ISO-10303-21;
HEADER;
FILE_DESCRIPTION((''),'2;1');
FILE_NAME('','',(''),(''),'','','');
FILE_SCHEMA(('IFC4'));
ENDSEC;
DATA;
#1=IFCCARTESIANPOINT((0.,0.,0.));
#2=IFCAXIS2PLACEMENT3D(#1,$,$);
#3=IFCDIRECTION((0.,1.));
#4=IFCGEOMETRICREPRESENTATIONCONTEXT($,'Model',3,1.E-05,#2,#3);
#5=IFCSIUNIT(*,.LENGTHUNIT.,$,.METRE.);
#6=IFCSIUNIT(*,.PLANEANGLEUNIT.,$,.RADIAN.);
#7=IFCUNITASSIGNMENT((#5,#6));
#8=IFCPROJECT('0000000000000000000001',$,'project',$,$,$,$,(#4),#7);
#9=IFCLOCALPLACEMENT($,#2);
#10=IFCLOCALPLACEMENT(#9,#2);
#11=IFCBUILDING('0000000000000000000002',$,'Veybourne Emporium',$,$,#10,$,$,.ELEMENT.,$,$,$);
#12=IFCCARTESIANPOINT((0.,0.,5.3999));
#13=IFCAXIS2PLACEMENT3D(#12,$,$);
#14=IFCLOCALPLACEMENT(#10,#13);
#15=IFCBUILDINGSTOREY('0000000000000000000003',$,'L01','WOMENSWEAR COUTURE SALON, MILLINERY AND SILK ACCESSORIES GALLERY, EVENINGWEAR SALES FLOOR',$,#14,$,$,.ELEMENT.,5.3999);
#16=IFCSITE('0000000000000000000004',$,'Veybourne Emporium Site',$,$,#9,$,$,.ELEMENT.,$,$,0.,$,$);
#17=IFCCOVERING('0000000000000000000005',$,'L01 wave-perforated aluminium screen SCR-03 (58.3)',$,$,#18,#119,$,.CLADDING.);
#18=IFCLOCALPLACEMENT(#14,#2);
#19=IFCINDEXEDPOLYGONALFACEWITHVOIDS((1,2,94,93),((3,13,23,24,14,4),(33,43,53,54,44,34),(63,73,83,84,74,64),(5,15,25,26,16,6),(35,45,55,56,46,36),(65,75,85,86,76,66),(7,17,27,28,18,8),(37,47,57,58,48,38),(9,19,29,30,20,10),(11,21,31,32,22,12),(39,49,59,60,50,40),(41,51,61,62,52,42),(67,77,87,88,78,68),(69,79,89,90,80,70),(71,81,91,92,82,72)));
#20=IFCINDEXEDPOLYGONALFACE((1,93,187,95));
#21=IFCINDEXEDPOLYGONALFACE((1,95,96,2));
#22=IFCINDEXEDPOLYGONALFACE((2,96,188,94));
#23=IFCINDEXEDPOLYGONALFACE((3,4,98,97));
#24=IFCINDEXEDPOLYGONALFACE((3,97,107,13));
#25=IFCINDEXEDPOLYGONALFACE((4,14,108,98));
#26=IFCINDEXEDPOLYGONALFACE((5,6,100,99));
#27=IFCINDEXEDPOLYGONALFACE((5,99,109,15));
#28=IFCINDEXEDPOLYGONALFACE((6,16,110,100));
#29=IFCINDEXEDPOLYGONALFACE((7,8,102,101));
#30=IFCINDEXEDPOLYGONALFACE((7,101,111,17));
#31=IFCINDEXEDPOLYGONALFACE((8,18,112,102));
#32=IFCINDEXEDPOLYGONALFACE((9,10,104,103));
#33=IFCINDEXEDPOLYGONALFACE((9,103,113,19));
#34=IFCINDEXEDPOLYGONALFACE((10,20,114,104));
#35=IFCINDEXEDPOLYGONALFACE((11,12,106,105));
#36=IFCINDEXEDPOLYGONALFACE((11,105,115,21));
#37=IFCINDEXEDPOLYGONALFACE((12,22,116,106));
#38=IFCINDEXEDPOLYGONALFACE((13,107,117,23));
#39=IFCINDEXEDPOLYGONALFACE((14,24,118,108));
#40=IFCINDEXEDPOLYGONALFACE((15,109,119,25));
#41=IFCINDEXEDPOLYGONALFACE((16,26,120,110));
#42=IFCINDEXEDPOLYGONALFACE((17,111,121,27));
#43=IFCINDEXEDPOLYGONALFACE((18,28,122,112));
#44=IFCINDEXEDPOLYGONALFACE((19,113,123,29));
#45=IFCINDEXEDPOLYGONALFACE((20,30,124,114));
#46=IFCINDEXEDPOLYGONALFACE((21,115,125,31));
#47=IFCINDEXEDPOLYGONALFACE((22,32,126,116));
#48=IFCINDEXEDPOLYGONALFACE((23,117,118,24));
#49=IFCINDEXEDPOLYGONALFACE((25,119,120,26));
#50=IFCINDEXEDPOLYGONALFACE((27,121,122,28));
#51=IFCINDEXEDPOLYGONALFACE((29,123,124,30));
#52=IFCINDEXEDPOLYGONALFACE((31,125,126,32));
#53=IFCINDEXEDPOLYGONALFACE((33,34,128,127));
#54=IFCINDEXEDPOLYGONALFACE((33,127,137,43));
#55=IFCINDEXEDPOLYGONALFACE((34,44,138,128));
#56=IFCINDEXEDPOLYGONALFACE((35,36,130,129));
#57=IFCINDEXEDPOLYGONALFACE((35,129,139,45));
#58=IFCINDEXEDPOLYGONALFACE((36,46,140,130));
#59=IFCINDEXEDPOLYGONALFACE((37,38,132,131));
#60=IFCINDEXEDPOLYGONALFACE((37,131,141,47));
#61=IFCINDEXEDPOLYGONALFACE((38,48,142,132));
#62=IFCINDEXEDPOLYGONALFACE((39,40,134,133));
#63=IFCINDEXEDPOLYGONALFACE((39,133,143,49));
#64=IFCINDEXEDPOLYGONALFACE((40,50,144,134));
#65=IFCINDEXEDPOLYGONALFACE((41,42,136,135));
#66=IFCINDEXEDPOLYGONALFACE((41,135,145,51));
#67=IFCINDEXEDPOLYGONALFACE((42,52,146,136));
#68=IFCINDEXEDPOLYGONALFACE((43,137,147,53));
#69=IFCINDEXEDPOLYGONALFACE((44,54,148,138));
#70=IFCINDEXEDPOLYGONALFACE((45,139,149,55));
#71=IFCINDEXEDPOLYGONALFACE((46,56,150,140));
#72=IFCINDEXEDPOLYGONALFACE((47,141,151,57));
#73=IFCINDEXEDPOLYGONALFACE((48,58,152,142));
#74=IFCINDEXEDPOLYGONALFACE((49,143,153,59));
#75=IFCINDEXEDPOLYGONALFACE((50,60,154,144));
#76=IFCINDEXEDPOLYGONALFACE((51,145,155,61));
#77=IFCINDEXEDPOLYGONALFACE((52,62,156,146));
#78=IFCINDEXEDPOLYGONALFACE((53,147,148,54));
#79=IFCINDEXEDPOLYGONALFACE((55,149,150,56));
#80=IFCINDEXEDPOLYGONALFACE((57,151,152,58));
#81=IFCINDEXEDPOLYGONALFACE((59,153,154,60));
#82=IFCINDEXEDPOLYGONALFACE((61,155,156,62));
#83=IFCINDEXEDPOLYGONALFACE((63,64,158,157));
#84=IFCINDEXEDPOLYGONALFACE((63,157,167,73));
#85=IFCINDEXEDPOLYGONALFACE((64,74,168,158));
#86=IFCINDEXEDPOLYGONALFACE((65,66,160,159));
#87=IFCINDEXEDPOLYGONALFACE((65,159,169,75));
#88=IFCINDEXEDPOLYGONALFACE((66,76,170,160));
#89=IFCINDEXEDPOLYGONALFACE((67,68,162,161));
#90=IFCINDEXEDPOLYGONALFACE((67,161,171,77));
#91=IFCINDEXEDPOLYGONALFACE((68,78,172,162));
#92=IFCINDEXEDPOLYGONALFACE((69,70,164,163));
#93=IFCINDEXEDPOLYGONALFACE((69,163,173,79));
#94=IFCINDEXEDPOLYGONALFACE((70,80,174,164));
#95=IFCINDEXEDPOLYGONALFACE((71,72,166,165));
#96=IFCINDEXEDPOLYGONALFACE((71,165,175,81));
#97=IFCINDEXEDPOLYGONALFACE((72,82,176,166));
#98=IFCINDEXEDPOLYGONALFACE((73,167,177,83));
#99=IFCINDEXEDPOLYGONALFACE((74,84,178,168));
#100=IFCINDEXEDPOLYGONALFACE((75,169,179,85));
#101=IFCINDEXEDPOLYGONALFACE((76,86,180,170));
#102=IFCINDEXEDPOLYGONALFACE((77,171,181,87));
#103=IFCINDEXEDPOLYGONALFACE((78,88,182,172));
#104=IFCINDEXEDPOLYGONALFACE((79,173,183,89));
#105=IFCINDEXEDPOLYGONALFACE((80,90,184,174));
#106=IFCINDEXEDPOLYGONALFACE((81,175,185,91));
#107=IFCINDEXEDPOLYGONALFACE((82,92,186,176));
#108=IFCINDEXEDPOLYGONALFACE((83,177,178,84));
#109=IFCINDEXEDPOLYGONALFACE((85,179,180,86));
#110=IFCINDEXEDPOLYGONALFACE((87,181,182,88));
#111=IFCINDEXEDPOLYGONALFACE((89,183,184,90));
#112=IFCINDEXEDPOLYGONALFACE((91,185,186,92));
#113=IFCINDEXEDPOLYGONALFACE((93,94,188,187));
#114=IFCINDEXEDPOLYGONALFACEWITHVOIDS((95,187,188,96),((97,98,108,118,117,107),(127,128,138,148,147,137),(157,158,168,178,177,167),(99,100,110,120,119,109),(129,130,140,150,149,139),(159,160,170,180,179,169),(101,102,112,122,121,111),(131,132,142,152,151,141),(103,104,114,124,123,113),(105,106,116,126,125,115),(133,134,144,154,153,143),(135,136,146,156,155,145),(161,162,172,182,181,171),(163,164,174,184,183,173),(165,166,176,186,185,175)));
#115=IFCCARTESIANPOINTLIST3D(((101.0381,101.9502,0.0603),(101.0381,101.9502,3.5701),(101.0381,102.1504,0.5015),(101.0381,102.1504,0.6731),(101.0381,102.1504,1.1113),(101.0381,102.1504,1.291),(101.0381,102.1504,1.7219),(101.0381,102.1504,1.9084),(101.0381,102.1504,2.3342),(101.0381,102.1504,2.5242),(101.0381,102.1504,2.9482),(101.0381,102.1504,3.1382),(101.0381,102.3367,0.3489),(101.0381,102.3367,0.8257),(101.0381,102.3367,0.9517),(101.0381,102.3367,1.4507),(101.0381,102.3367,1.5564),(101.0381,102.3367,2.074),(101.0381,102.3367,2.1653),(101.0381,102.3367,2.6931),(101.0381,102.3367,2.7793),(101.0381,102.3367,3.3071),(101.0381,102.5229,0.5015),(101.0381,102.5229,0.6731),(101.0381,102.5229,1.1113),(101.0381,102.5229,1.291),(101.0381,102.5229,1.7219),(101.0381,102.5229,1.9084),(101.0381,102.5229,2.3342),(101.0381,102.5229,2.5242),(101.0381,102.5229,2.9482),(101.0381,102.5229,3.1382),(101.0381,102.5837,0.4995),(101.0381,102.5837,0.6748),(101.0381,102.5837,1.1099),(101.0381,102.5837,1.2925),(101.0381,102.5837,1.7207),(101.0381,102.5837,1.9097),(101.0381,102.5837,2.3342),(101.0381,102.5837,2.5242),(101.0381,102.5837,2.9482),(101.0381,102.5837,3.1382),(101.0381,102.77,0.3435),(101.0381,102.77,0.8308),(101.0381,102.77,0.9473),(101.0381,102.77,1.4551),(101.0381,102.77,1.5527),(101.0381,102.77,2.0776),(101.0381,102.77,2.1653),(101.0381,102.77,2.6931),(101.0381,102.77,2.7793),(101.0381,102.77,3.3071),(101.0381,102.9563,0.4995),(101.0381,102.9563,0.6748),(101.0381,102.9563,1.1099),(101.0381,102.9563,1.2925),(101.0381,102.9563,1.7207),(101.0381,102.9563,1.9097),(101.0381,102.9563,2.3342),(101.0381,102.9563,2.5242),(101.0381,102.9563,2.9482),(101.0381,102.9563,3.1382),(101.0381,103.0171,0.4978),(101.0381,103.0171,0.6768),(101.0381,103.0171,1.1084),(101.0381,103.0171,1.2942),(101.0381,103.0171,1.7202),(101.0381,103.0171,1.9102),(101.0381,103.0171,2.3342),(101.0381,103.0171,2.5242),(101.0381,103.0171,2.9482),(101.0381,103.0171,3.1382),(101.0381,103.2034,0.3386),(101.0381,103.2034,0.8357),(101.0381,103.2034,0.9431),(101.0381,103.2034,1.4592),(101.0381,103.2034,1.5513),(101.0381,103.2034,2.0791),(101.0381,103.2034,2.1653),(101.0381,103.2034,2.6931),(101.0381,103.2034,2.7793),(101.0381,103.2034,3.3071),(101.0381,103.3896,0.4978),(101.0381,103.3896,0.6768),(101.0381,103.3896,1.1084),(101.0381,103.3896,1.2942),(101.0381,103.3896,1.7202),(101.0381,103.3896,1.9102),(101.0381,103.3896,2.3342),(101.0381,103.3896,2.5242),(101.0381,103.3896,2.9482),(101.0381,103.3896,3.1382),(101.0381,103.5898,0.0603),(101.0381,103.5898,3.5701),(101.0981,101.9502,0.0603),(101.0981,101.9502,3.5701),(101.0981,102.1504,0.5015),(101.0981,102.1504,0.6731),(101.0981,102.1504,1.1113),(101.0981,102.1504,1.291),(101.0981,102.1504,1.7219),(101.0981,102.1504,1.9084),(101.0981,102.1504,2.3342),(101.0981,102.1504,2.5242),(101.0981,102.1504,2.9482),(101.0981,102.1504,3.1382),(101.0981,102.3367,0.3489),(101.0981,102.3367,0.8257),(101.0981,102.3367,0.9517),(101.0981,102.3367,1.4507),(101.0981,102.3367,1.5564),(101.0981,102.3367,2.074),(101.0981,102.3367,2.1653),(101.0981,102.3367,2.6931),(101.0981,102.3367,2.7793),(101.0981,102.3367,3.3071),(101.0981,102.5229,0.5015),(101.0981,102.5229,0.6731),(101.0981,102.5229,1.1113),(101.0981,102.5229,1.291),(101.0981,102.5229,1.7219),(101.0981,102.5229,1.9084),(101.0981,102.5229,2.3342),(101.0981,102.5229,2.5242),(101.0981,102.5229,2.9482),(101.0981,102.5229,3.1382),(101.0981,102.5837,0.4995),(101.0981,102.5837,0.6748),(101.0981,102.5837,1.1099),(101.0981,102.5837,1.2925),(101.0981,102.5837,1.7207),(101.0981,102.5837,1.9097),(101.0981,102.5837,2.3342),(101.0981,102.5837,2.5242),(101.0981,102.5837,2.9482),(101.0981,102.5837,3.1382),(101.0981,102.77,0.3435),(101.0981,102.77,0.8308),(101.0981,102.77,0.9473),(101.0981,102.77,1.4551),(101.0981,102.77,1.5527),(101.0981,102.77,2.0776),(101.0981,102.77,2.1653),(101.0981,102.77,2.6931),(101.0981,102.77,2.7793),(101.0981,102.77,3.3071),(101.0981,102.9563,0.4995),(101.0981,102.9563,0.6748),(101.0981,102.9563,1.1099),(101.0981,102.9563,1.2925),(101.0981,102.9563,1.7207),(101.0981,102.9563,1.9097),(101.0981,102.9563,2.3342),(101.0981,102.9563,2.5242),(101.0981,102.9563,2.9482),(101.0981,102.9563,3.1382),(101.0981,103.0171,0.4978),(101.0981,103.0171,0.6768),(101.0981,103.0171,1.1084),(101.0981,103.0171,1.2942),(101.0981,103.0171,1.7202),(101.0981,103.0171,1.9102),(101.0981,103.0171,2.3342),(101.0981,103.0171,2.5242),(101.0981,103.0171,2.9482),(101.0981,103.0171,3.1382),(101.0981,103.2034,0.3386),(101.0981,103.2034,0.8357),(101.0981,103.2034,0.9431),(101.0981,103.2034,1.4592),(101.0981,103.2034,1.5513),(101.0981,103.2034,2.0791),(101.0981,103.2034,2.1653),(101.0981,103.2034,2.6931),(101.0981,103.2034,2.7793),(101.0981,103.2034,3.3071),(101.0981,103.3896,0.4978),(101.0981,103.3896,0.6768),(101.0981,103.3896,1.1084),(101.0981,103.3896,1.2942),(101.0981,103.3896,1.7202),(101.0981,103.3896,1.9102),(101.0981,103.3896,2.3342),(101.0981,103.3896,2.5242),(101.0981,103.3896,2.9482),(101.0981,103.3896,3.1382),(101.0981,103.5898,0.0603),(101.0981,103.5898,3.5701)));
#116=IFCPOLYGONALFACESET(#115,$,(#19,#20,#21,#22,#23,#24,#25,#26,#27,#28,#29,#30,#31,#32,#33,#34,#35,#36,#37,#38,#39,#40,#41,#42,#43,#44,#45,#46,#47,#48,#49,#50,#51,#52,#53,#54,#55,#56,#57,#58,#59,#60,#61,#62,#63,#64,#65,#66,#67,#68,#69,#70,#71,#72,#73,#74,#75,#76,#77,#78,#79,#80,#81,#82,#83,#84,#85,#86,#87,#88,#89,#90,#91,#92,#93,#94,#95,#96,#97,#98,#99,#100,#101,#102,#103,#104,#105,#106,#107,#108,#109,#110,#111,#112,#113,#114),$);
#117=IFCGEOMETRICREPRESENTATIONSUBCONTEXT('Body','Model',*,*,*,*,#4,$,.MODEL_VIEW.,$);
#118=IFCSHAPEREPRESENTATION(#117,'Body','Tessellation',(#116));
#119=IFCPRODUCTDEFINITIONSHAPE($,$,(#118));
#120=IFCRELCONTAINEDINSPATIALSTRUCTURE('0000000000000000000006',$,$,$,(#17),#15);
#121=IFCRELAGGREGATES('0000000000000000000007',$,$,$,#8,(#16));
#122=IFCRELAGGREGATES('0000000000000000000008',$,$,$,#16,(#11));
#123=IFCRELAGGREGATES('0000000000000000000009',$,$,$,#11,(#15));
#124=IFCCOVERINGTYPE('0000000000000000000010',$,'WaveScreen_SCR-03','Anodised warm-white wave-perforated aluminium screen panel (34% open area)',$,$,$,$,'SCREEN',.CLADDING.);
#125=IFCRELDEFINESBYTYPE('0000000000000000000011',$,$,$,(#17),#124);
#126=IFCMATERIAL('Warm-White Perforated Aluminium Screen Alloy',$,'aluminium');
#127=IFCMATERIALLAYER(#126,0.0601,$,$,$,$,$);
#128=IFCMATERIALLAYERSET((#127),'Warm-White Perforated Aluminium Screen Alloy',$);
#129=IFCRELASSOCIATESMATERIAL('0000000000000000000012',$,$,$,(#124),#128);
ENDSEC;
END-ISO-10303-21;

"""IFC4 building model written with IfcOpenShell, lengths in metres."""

from ifc_helpers import new_model, si_unit, direction, frame, origin, place, context, subcontext, project, spatial, polyline, outline, extrude, material, layer, layer_set, type_object, element, save


model = new_model("IFC4")

# Units and contexts
model_context = context("Model", 3, precision=1e-05, world=origin(), true_north=direction((0.0, 1.0)))
body_context = subcontext(model_context, "Body", "Model", "MODEL_VIEW")
ifc_project = project(units=[si_unit("LENGTHUNIT", "METRE"), si_unit("PLANEANGLEUNIT", "RADIAN")], contexts=[model_context])

# Site, building, storey
site_placement = place(None, origin())
site = spatial("IfcSite", under=ifc_project, at=site_placement, Name="Veybourne Emporium Site", CompositionType="ELEMENT", RefElevation=0.0)
building_placement = place(site_placement, origin())
building = spatial("IfcBuilding", under=site, at=building_placement, Name="Veybourne Emporium", CompositionType="ELEMENT")
storey_placement = place(building_placement, frame((0.0, 0.0, 5.3999)))
storey = spatial("IfcBuildingStorey", under=building, at=storey_placement, Name="L01", Description="WOMENSWEAR COUTURE SALON, MILLINERY AND SILK ACCESSORIES GALLERY, EVENINGWEAR SALES FLOOR", CompositionType="ELEMENT", Elevation=5.3999)

# Covering
ifc_material_1 = material(Name="Warm-White Perforated Aluminium Screen Alloy", Category="aluminium")
ifc_layer_1 = layer(ifc_material_1, 0.0601)
ifc_layer_set_1 = layer_set([ifc_layer_1], Name="Warm-White Perforated Aluminium Screen Alloy")
covering_type_1 = type_object("IfcCoveringType", Name="WaveScreen_SCR-03", Description="Anodised warm-white wave-perforated aluminium screen panel (34% open area)", ElementType="SCREEN", PredefinedType="CLADDING", material=ifc_layer_set_1)
covering_1_placement = place(storey_placement, frame((101.0981, 102.77, 1.8152), z_axis=(-1.0, 0.0, 0.0), x_axis=(0.0, -1.0, 0.0)))
element("IfcCovering", 1, at=covering_1_placement, inside=storey, type_object=covering_type_1, Name="L01 wave-perforated aluminium screen SCR-03 (58.3)", PredefinedType="CLADDING", context=body_context, shape_type="SweptSolid", body=[
    extrude(outline(polyline([(-0.8198, -1.7549), (0.8198, -1.7549), (0.8198, 1.7549), (-0.8198, 1.7549), (-0.8198, -1.7549)]), holes=[polyline([(-0.4333, -0.9795), (-0.2471, -1.1384), (-0.2471, -1.3174), (-0.4333, -1.4766), (-0.6196, -1.3174), (-0.6196, -1.1384), (-0.4333, -0.9795)]), polyline([(-0.4333, -0.356), (-0.2471, -0.521), (-0.2471, -0.7068), (-0.4333, -0.8721), (-0.6196, -0.7068), (-0.6196, -0.521), (-0.4333, -0.356)]), polyline([(-0.4333, 0.2639), (-0.2471, 0.095), (-0.2471, -0.095), (-0.4333, -0.2639), (-0.6196, -0.095), (-0.6196, 0.095), (-0.4333, 0.2639)]), polyline([(-0.4333, 0.8779), (-0.2471, 0.709), (-0.2471, 0.519), (-0.4333, 0.3501), (-0.6196, 0.519), (-0.6196, 0.709), (-0.4333, 0.8779)]), polyline([(-0.4333, 1.4919), (-0.2471, 1.323), (-0.2471, 1.1331), (-0.4333, 0.9641), (-0.6196, 1.1331), (-0.6196, 1.323), (-0.4333, 1.4919)]), polyline([(0.0, -0.9844), (0.1863, -1.1404), (0.1863, -1.3157), (0.0, -1.4717), (-0.1863, -1.3157), (-0.1863, -1.1404), (0.0, -0.9844)]), polyline([(0.0, -0.3601), (0.1863, -0.5227), (0.1863, -0.7053), (0.0, -0.8679), (-0.1863, -0.7053), (-0.1863, -0.5227), (0.0, -0.3601)]), polyline([(0.0, 0.2625), (0.1863, 0.0945), (0.1863, -0.0945), (0.0, -0.2625), (-0.1863, -0.0945), (-0.1863, 0.0945), (0.0, 0.2625)]), polyline([(0.0, 0.8779), (0.1863, 0.709), (0.1863, 0.519), (0.0, 0.3501), (-0.1863, 0.519), (-0.1863, 0.709), (0.0, 0.8779)]), polyline([(0.0, 1.4919), (0.1863, 1.323), (0.1863, 1.1331), (0.0, 0.9641), (-0.1863, 1.1331), (-0.1863, 1.323), (0.0, 1.4919)]), polyline([(0.4333, -0.9895), (0.6196, -1.1421), (0.6196, -1.3137), (0.4333, -1.4663), (0.2471, -1.3137), (0.2471, -1.1421), (0.4333, -0.9895)]), polyline([(0.4333, -0.3645), (0.6196, -0.5242), (0.6196, -0.7039), (0.4333, -0.8635), (0.2471, -0.7039), (0.2471, -0.5242), (0.4333, -0.3645)]), polyline([(0.4333, 0.2588), (0.6196, 0.0933), (0.6196, -0.0933), (0.4333, -0.2588), (0.2471, -0.0933), (0.2471, 0.0933), (0.4333, 0.2588)]), polyline([(0.4333, 0.8779), (0.6196, 0.709), (0.6196, 0.519), (0.4333, 0.3501), (0.2471, 0.519), (0.2471, 0.709), (0.4333, 0.8779)]), polyline([(0.4333, 1.4919), (0.6196, 1.323), (0.6196, 1.1331), (0.4333, 0.9641), (0.2471, 1.1331), (0.2471, 1.323), (0.4333, 1.4919)])]), origin(), (0.0, 0.0, 1.0), 0.0601),
])

save(model, "model.ifc")
